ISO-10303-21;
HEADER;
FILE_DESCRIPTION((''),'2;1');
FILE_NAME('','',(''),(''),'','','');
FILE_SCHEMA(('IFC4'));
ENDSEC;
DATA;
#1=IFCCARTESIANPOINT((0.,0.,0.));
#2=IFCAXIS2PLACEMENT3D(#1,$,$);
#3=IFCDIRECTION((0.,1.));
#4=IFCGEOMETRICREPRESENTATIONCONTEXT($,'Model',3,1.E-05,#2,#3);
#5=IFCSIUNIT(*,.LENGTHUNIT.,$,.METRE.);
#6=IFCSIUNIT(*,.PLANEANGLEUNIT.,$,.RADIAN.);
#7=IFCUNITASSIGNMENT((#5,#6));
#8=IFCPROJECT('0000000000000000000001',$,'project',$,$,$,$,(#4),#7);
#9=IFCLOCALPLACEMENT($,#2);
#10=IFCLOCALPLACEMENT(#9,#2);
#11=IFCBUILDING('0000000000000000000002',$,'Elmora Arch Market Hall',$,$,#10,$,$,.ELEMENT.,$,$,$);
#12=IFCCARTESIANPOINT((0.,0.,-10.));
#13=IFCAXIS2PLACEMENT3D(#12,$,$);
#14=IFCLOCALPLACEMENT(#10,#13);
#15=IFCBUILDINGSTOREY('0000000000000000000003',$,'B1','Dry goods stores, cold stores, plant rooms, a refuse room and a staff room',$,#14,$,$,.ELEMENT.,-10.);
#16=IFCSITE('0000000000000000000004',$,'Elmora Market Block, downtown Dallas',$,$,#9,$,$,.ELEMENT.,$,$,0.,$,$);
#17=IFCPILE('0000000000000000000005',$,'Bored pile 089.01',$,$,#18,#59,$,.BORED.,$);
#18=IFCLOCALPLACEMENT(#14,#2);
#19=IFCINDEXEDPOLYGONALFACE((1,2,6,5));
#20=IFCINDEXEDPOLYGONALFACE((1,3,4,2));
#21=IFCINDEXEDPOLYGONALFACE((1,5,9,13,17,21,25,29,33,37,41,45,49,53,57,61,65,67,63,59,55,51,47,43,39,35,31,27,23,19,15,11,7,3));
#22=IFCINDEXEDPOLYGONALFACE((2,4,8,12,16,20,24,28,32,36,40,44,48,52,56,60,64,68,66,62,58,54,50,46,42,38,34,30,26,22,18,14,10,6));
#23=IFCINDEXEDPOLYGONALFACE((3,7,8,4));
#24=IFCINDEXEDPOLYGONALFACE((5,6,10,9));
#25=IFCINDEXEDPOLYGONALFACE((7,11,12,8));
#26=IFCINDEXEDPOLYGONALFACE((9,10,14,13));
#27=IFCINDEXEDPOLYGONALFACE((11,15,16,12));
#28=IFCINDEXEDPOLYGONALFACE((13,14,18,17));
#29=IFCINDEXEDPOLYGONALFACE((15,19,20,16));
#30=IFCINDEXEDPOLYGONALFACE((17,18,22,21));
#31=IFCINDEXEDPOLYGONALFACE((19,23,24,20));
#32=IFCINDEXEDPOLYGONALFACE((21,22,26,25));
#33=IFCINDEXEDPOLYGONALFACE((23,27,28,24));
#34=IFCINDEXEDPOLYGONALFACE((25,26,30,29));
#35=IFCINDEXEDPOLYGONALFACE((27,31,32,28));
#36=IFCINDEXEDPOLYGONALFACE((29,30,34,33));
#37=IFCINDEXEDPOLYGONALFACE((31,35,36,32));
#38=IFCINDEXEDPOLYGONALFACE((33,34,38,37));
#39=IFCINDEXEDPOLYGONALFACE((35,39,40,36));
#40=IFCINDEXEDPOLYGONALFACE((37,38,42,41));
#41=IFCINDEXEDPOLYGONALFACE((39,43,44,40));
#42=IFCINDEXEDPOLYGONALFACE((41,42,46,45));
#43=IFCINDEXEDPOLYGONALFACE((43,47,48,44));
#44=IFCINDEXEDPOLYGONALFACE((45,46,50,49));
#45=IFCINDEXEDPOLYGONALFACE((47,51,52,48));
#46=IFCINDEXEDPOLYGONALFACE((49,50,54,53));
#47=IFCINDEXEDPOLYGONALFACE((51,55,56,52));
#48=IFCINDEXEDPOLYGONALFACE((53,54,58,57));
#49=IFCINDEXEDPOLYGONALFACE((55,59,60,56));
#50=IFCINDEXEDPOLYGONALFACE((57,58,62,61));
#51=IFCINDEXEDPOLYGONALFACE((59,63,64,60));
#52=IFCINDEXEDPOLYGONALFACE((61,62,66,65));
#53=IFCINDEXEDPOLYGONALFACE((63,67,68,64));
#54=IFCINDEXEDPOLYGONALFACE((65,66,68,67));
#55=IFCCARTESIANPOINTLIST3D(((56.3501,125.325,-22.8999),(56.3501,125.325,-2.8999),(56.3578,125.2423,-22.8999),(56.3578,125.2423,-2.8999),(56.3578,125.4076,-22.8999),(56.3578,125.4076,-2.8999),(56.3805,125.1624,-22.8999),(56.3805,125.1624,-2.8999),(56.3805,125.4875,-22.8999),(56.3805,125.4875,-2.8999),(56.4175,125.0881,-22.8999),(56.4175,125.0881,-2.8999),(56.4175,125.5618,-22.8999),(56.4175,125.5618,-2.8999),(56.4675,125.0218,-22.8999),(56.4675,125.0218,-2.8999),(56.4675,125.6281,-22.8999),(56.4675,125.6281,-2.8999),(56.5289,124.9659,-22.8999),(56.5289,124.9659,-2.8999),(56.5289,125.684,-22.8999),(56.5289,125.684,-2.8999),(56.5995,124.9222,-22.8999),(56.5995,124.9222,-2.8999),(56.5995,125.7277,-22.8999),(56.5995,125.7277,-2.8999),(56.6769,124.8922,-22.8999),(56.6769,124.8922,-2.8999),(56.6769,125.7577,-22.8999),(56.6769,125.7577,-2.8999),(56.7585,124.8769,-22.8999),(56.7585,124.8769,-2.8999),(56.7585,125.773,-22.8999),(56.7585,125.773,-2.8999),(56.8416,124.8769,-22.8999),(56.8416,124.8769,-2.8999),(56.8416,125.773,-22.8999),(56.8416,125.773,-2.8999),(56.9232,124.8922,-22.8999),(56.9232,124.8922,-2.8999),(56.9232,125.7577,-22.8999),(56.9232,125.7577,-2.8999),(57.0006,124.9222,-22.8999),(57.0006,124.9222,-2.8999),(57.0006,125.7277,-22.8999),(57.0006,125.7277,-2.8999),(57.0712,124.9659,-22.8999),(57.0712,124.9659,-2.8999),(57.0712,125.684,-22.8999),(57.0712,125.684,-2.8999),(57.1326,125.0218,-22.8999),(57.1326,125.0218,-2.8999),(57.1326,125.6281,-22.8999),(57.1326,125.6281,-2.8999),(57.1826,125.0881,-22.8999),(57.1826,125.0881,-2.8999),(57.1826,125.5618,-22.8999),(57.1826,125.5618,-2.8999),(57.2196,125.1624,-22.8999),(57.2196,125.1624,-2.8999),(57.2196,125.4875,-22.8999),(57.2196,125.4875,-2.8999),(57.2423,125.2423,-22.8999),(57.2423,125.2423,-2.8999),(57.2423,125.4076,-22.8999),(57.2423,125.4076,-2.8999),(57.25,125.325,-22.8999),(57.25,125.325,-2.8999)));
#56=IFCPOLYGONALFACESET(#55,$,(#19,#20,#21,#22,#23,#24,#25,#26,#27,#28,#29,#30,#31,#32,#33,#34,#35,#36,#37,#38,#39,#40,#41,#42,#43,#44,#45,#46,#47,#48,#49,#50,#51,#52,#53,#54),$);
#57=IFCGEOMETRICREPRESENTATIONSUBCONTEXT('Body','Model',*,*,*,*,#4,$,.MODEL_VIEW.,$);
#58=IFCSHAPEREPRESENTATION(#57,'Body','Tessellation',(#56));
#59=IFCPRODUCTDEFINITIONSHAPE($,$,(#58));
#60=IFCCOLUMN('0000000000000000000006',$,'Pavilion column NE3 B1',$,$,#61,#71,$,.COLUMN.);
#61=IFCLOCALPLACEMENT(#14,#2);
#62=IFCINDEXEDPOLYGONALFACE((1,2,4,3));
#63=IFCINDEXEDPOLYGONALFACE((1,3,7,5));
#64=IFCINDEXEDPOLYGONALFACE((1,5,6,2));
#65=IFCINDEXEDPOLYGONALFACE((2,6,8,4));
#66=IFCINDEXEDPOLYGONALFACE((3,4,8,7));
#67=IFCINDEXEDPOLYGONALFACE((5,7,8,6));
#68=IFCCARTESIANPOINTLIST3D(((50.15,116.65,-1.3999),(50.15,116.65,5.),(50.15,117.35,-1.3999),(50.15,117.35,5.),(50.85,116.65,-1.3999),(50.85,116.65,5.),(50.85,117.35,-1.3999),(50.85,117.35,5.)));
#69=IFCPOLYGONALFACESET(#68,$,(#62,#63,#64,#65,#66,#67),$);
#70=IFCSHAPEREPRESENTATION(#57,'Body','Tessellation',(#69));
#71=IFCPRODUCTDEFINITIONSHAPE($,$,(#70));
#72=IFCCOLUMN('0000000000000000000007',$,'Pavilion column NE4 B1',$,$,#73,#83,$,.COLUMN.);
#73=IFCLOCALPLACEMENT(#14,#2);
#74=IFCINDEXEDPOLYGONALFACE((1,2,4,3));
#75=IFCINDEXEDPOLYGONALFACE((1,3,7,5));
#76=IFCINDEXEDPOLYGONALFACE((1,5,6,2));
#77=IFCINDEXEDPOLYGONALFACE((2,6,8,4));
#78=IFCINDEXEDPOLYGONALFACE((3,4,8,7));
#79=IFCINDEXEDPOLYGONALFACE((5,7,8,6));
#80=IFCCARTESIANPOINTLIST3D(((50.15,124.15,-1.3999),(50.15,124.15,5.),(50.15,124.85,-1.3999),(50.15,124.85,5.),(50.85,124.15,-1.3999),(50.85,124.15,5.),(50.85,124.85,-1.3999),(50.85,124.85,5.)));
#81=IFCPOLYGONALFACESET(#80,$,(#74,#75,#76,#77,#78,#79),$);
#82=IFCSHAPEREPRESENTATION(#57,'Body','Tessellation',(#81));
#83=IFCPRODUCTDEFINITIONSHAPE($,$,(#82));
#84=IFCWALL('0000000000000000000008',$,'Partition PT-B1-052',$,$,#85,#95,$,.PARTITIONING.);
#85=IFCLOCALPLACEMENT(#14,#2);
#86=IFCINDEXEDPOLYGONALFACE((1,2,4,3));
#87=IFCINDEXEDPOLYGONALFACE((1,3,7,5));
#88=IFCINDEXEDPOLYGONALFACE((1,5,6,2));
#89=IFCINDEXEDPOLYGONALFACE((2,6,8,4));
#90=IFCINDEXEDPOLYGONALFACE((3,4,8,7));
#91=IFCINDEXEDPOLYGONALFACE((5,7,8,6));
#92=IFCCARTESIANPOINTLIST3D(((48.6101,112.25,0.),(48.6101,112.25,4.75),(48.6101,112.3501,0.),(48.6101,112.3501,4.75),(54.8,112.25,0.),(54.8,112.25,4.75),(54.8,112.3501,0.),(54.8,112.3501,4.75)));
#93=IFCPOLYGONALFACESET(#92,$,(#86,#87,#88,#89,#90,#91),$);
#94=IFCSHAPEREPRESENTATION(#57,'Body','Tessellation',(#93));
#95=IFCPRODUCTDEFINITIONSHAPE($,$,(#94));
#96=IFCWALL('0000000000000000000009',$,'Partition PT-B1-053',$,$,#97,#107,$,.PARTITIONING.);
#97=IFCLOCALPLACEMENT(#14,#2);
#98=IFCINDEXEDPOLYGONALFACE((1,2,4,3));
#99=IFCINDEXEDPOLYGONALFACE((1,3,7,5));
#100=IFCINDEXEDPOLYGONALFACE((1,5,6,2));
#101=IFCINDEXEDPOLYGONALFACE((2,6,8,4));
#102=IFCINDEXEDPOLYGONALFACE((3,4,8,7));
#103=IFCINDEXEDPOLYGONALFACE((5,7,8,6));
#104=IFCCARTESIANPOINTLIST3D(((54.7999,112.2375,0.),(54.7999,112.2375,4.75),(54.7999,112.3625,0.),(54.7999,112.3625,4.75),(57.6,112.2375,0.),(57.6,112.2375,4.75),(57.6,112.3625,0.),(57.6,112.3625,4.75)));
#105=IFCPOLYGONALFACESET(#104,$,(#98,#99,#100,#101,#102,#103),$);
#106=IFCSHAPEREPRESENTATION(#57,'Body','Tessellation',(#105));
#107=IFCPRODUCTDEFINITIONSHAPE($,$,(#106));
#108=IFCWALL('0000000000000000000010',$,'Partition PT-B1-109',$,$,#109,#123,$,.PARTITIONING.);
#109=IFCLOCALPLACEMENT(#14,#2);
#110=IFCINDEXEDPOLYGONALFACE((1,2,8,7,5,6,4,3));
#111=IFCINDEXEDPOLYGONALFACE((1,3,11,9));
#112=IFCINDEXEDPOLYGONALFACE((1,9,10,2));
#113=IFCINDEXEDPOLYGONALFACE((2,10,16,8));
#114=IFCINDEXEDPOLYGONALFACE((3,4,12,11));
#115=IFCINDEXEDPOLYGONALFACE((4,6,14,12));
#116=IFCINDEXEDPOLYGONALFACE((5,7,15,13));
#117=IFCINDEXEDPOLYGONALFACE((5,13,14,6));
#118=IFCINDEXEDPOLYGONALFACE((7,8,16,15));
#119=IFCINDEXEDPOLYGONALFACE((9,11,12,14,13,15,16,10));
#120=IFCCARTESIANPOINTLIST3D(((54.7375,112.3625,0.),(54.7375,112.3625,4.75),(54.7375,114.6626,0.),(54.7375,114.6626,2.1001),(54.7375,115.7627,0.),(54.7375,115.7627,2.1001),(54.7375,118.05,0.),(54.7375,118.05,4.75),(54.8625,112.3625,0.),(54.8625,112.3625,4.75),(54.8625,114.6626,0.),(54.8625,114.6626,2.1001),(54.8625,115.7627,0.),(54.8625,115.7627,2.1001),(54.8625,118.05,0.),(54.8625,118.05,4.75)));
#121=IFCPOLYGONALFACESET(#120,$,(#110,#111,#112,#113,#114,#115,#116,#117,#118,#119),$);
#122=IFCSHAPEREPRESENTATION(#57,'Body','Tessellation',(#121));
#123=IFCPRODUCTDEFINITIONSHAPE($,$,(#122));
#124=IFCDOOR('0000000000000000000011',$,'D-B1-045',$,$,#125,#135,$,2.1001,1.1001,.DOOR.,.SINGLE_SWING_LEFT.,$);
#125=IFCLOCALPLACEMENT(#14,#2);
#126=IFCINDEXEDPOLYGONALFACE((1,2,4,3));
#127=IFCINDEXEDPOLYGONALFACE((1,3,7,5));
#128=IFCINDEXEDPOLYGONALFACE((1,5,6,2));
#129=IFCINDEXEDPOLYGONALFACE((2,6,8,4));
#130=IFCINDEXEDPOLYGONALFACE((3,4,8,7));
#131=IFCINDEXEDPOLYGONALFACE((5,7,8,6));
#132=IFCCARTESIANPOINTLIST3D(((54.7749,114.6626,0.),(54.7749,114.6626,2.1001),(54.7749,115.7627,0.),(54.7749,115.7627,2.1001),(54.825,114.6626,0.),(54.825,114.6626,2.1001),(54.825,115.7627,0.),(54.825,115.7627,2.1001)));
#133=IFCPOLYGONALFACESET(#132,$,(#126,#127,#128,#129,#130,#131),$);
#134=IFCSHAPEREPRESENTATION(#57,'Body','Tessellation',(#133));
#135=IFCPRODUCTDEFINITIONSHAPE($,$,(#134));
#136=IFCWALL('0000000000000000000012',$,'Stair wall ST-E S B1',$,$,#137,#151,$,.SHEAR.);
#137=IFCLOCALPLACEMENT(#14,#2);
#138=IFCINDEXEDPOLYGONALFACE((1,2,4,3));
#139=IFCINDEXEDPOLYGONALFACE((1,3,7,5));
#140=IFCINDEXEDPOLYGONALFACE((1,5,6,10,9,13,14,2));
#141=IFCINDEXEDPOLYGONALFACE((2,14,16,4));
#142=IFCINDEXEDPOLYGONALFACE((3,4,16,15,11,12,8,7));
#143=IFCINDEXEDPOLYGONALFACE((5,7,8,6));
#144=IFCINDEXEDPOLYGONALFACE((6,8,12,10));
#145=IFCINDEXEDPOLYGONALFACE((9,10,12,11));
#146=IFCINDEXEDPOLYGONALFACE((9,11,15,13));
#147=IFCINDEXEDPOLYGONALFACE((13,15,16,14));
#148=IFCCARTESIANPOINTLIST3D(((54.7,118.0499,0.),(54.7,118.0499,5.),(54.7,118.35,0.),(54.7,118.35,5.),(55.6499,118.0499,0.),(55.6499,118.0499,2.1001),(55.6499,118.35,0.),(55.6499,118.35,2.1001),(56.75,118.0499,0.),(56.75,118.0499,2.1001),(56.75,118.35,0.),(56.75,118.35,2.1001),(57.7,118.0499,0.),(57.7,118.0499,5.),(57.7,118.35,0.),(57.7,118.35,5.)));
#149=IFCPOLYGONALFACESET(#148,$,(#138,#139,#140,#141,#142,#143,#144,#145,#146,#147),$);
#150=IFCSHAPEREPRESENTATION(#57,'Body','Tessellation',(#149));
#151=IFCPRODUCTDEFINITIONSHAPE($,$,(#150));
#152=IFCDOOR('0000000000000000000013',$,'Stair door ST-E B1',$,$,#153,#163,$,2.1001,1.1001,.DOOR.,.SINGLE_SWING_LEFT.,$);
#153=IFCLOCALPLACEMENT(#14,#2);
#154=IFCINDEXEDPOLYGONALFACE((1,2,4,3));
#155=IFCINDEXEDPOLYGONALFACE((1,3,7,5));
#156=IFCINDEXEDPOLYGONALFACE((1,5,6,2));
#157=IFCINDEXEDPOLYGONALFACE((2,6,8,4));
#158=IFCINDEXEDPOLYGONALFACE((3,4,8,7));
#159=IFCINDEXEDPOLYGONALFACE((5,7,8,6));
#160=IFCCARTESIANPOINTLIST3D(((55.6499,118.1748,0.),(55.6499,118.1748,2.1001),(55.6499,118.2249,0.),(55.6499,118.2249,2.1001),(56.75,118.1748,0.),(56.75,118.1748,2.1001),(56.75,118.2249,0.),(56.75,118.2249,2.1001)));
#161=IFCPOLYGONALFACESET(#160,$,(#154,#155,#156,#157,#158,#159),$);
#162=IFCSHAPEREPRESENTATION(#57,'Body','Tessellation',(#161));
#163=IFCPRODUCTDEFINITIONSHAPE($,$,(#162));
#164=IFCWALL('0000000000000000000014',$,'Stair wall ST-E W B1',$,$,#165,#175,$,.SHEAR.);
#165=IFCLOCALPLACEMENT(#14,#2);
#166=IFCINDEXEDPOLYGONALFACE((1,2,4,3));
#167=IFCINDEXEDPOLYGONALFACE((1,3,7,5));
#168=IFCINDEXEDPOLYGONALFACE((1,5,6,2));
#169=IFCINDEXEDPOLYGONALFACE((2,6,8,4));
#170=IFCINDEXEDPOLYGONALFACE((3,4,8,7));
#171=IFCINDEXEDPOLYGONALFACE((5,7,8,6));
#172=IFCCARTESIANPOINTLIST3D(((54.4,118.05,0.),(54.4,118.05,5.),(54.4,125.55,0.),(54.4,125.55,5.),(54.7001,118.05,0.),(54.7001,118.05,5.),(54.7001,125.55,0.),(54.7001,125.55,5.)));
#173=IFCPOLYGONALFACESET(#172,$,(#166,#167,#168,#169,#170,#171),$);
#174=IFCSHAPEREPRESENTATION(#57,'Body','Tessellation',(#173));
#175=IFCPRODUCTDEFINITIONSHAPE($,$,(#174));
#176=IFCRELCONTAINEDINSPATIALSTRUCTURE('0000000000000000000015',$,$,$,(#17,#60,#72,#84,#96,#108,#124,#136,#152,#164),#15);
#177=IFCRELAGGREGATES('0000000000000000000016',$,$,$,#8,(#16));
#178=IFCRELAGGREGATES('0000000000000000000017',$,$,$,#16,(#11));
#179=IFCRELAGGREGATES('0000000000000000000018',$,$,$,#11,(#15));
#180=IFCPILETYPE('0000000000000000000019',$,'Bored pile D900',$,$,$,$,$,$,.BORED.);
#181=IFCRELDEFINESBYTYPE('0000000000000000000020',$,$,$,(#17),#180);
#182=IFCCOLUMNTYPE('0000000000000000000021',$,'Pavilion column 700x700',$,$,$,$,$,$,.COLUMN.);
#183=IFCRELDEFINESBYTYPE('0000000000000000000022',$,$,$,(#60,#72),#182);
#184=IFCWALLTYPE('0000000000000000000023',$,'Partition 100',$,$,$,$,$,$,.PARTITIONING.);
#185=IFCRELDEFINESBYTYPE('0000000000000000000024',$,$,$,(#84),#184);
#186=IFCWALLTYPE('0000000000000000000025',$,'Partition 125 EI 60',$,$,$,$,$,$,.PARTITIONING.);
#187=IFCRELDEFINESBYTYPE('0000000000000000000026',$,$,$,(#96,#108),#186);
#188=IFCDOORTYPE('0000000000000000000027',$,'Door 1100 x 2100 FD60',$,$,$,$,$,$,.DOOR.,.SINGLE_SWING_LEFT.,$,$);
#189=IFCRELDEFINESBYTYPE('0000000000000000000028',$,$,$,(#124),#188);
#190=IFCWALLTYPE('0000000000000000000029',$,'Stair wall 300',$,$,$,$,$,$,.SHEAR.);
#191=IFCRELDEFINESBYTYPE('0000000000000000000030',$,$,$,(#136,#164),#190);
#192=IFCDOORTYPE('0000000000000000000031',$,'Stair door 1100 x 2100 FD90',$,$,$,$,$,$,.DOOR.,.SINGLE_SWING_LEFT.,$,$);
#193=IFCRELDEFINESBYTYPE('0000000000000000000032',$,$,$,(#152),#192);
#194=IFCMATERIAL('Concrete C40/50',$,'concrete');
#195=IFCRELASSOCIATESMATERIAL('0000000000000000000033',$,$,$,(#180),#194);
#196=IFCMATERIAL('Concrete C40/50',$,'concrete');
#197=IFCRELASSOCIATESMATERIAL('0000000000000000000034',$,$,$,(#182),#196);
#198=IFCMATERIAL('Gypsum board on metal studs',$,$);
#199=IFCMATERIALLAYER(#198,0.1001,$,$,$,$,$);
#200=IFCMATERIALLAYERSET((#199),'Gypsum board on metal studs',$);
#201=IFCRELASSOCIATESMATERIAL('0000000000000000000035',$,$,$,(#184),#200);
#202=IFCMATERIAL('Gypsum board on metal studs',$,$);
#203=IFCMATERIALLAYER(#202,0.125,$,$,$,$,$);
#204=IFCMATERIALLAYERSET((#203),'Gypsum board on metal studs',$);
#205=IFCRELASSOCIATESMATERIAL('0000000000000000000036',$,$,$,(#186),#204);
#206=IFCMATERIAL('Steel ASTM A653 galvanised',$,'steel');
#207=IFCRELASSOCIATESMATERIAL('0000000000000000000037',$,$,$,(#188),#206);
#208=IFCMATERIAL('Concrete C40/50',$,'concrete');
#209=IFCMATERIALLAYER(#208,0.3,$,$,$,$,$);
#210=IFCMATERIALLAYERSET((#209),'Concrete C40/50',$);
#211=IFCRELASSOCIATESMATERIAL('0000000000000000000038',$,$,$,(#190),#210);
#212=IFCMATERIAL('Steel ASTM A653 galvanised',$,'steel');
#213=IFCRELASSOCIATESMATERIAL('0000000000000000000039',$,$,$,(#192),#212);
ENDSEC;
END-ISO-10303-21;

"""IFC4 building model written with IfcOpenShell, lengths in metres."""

from ifc_helpers import new_model, si_unit, direction, frame, frame_2d, origin, origin_2d, place, context, subcontext, project, spatial, rectangle, circle, extrude, material, layer, layer_set, material_profile, profile_set, type_object, element, fill, save


model = new_model("IFC4")

# Units and contexts
model_context = context("Model", 3, precision=1e-05, world=origin(), true_north=direction((0.0, 1.0)))
body_context = subcontext(model_context, "Body", "Model", "MODEL_VIEW")
ifc_project = project(units=[si_unit("LENGTHUNIT", "METRE"), si_unit("PLANEANGLEUNIT", "RADIAN")], contexts=[model_context])

# Site, building, storey
site_placement = place(None, origin())
site = spatial("IfcSite", under=ifc_project, at=site_placement, Name="Elmora Market Block, downtown Dallas", CompositionType="ELEMENT", RefElevation=0.0)
building_placement = place(site_placement, origin())
building = spatial("IfcBuilding", under=site, at=building_placement, Name="Elmora Arch Market Hall", CompositionType="ELEMENT")
storey_placement = place(building_placement, frame((0.0, 0.0, -10.0)))
storey = spatial("IfcBuildingStorey", under=building, at=storey_placement, Name="B1", Description="Dry goods stores, cold stores, plant rooms, a refuse room and a staff room", CompositionType="ELEMENT", Elevation=-10.0)

# Pile
ifc_material_1 = material(Name="Concrete C40/50", Category="concrete")
ifc_material_profile_1 = material_profile(ifc_material_1, circle(Radius=0.45, at=origin_2d()), Name="Bored pile D900")
ifc_profile_set_1 = profile_set([ifc_material_profile_1], Name="Concrete C40/50")
pile_type = type_object("IfcPileType", Name="Bored pile D900", PredefinedType="BORED", material=ifc_profile_set_1)
for number, where, z_axis, x_axis, name in (
    (1, (56.8, 125.325, -2.8999), (0.0, 0.0, -1.0), (1.0, 0.0, 0.0), "Bored pile 089.01"),
):
    element("IfcPile", number, at=place(storey_placement, frame(where, z_axis=z_axis, x_axis=x_axis)), inside=storey, type_object=pile_type, Name=name, PredefinedType="BORED", context=body_context, shape_type="SweptSolid", body=[
        extrude(circle(Radius=0.45, at=origin_2d()), origin(), (0.0, 0.0, 1.0), 20.0),
    ])

# Columns
ifc_material_2 = material(Name="Concrete C40/50", Category="concrete")
ifc_material_profile_2 = material_profile(ifc_material_2, rectangle(XDim=0.7, YDim=0.7, at=origin_2d()), Name="Pavilion column 700x700")
ifc_profile_set_2 = profile_set([ifc_material_profile_2], Name="Concrete C40/50")
column_type = type_object("IfcColumnType", Name="Pavilion column 700x700", PredefinedType="COLUMN", material=ifc_profile_set_2)
for number, where, z_axis, x_axis, name in (
    (2, (50.5, 117.0, -1.3999), (0.0, 0.0, 1.0), (1.0, 0.0, 0.0), "Pavilion column NE3 B1"),
    (3, (50.5, 124.5, -1.3999), (0.0, 0.0, 1.0), (1.0, 0.0, 0.0), "Pavilion column NE4 B1"),
):
    element("IfcColumn", number, at=place(storey_placement, frame(where, z_axis=z_axis, x_axis=x_axis)), inside=storey, type_object=column_type, Name=name, PredefinedType="COLUMN", context=body_context, shape_type="SweptSolid", body=[
        extrude(rectangle(XDim=0.7, YDim=0.7, at=origin_2d()), origin(), (0.0, 0.0, 1.0), 6.3999),
    ])

# Walls
ifc_material_3 = material(Name="Gypsum board on metal studs")
ifc_layer_1 = layer(ifc_material_3, 0.1001)
ifc_layer_set_1 = layer_set([ifc_layer_1], Name="Gypsum board on metal studs")
wall_type_1 = type_object("IfcWallType", Name="Partition 100", PredefinedType="PARTITIONING", material=ifc_layer_set_1)
wall_1_placement = place(storey_placement, frame((48.6101, 112.3, 0.0), z_axis=(0.0, 0.0, 1.0), x_axis=(1.0, 0.0, 0.0)))
element("IfcWall", 4, at=wall_1_placement, inside=storey, type_object=wall_type_1, Name="Partition PT-B1-052", PredefinedType="PARTITIONING", context=body_context, shape_type="SweptSolid", body=[
    extrude(rectangle(XDim=6.1899, YDim=0.1001, at=frame_2d((3.095, 0.0))), origin(), (0.0, 0.0, 1.0), 4.75),
])
ifc_material_4 = material(Name="Gypsum board on metal studs")
ifc_layer_2 = layer(ifc_material_4, 0.125)
ifc_layer_set_2 = layer_set([ifc_layer_2], Name="Gypsum board on metal studs")
wall_type_2 = type_object("IfcWallType", Name="Partition 125 EI 60", PredefinedType="PARTITIONING", material=ifc_layer_set_2)
wall_2_placement = place(storey_placement, frame((54.8, 112.3, 0.0), z_axis=(0.0, 0.0, 1.0), x_axis=(1.0, 0.0, 0.0)))
element("IfcWall", 5, at=wall_2_placement, inside=storey, type_object=wall_type_2, Name="Partition PT-B1-053", PredefinedType="PARTITIONING", context=body_context, shape_type="SweptSolid", body=[
    extrude(rectangle(XDim=2.8, YDim=0.125, at=frame_2d((1.3999, 0.0))), origin(), (0.0, 0.0, 1.0), 4.75),
])

# Walls, openings, doors
wall_3_placement = place(storey_placement, frame((54.8, 112.3625, 0.0), z_axis=(0.0, 0.0, 1.0), x_axis=(0.0, 1.0, 0.0)))
wall_3 = element("IfcWall", 6, at=wall_3_placement, inside=storey, type_object=wall_type_2, Name="Partition PT-B1-109", PredefinedType="PARTITIONING", context=body_context, shape_type="SweptSolid", body=[
    extrude(rectangle(XDim=5.6875, YDim=0.125, at=frame_2d((2.8438, 0.0))), origin(), (0.0, 0.0, 1.0), 4.75),
])
opening_1_placement = place(wall_3_placement, frame((2.3, 0.0, 0.0)))
opening_1 = element("IfcOpeningElement", 7, at=opening_1_placement, cuts=wall_3, PredefinedType="OPENING", context=body_context, shape_type="SweptSolid", body=[
    extrude(rectangle(XDim=1.1001, YDim=2.1001, at=frame_2d((0.55, 1.05))), frame((0.0, 0.0725, 0.0), z_axis=(0.0, -1.0, 0.0), x_axis=(1.0, 0.0, 0.0)), (0.0, 0.0, 1.0), 0.145),
])
ifc_material_5 = material(Name="Steel ASTM A653 galvanised", Category="steel")
door_type_1 = type_object("IfcDoorType", Name="Door 1100 x 2100 FD60", OperationType="SINGLE_SWING_LEFT", PredefinedType="DOOR", material=ifc_material_5)
door_1_placement = place(opening_1_placement, frame((1.1001, 0.0, 0.0), z_axis=(0.0, 0.0, 1.0), x_axis=(-1.0, 0.0, 0.0)))
door_1 = element("IfcDoor", 8, at=door_1_placement, inside=storey, type_object=door_type_1, Name="D-B1-045", OperationType="SINGLE_SWING_LEFT", OverallHeight=2.1001, OverallWidth=1.1001, PredefinedType="DOOR", context=body_context, shape_type="SweptSolid", body=[
    extrude(rectangle(XDim=1.1001, YDim=2.1001, at=frame_2d((0.55, 1.05))), frame((0.0, 0.0249, 0.0), z_axis=(0.0, -1.0, 0.0), x_axis=(1.0, 0.0, 0.0)), (0.0, 0.0, 1.0), 0.05),
])
fill(opening_1, door_1)
ifc_material_6 = material(Name="Concrete C40/50", Category="concrete")
ifc_layer_3 = layer(ifc_material_6, 0.3)
ifc_layer_set_3 = layer_set([ifc_layer_3], Name="Concrete C40/50")
wall_type_3 = type_object("IfcWallType", Name="Stair wall 300", PredefinedType="SHEAR", material=ifc_layer_set_3)
wall_4_placement = place(storey_placement, frame((54.7, 118.2, 0.0), z_axis=(0.0, 0.0, 1.0), x_axis=(1.0, 0.0, 0.0)))
wall_4 = element("IfcWall", 9, at=wall_4_placement, inside=storey, type_object=wall_type_3, Name="Stair wall ST-E S B1", PredefinedType="SHEAR", context=body_context, shape_type="SweptSolid", body=[
    extrude(rectangle(XDim=3.0, YDim=0.3, at=frame_2d((1.5, 0.0))), origin(), (0.0, 0.0, 1.0), 5.0),
])
opening_2_placement = place(wall_4_placement, frame((0.95, 0.0, 0.0)))
opening_2 = element("IfcOpeningElement", 10, at=opening_2_placement, cuts=wall_4, PredefinedType="OPENING", context=body_context, shape_type="SweptSolid", body=[
    extrude(rectangle(XDim=1.1001, YDim=2.1001, at=frame_2d((0.55, 1.05))), frame((0.0, 0.1599, 0.0), z_axis=(0.0, -1.0, 0.0), x_axis=(1.0, 0.0, 0.0)), (0.0, 0.0, 1.0), 0.3201),
])
ifc_material_7 = material(Name="Steel ASTM A653 galvanised", Category="steel")
door_type_2 = type_object("IfcDoorType", Name="Stair door 1100 x 2100 FD90", OperationType="SINGLE_SWING_LEFT", PredefinedType="DOOR", material=ifc_material_7)
door_2_placement = place(opening_2_placement, origin())
door_2 = element("IfcDoor", 11, at=door_2_placement, inside=storey, type_object=door_type_2, Name="Stair door ST-E B1", OperationType="SINGLE_SWING_LEFT", OverallHeight=2.1001, OverallWidth=1.1001, PredefinedType="DOOR", context=body_context, shape_type="SweptSolid", body=[
    extrude(rectangle(XDim=1.1001, YDim=2.1001, at=frame_2d((0.55, 1.05))), frame((0.0, 0.0249, 0.0), z_axis=(0.0, -1.0, 0.0), x_axis=(1.0, 0.0, 0.0)), (0.0, 0.0, 1.0), 0.05),
])
fill(opening_2, door_2)

# Wall
wall_5_placement = place(storey_placement, frame((54.55, 118.05, 0.0), z_axis=(0.0, 0.0, 1.0), x_axis=(0.0, 1.0, 0.0)))
element("IfcWall", 12, at=wall_5_placement, inside=storey, type_object=wall_type_3, Name="Stair wall ST-E W B1", PredefinedType="SHEAR", context=body_context, shape_type="SweptSolid", body=[
    extrude(rectangle(XDim=7.5, YDim=0.3, at=frame_2d((3.75, 0.0))), origin(), (0.0, 0.0, 1.0), 5.0),
])

save(model, "model.ifc")
